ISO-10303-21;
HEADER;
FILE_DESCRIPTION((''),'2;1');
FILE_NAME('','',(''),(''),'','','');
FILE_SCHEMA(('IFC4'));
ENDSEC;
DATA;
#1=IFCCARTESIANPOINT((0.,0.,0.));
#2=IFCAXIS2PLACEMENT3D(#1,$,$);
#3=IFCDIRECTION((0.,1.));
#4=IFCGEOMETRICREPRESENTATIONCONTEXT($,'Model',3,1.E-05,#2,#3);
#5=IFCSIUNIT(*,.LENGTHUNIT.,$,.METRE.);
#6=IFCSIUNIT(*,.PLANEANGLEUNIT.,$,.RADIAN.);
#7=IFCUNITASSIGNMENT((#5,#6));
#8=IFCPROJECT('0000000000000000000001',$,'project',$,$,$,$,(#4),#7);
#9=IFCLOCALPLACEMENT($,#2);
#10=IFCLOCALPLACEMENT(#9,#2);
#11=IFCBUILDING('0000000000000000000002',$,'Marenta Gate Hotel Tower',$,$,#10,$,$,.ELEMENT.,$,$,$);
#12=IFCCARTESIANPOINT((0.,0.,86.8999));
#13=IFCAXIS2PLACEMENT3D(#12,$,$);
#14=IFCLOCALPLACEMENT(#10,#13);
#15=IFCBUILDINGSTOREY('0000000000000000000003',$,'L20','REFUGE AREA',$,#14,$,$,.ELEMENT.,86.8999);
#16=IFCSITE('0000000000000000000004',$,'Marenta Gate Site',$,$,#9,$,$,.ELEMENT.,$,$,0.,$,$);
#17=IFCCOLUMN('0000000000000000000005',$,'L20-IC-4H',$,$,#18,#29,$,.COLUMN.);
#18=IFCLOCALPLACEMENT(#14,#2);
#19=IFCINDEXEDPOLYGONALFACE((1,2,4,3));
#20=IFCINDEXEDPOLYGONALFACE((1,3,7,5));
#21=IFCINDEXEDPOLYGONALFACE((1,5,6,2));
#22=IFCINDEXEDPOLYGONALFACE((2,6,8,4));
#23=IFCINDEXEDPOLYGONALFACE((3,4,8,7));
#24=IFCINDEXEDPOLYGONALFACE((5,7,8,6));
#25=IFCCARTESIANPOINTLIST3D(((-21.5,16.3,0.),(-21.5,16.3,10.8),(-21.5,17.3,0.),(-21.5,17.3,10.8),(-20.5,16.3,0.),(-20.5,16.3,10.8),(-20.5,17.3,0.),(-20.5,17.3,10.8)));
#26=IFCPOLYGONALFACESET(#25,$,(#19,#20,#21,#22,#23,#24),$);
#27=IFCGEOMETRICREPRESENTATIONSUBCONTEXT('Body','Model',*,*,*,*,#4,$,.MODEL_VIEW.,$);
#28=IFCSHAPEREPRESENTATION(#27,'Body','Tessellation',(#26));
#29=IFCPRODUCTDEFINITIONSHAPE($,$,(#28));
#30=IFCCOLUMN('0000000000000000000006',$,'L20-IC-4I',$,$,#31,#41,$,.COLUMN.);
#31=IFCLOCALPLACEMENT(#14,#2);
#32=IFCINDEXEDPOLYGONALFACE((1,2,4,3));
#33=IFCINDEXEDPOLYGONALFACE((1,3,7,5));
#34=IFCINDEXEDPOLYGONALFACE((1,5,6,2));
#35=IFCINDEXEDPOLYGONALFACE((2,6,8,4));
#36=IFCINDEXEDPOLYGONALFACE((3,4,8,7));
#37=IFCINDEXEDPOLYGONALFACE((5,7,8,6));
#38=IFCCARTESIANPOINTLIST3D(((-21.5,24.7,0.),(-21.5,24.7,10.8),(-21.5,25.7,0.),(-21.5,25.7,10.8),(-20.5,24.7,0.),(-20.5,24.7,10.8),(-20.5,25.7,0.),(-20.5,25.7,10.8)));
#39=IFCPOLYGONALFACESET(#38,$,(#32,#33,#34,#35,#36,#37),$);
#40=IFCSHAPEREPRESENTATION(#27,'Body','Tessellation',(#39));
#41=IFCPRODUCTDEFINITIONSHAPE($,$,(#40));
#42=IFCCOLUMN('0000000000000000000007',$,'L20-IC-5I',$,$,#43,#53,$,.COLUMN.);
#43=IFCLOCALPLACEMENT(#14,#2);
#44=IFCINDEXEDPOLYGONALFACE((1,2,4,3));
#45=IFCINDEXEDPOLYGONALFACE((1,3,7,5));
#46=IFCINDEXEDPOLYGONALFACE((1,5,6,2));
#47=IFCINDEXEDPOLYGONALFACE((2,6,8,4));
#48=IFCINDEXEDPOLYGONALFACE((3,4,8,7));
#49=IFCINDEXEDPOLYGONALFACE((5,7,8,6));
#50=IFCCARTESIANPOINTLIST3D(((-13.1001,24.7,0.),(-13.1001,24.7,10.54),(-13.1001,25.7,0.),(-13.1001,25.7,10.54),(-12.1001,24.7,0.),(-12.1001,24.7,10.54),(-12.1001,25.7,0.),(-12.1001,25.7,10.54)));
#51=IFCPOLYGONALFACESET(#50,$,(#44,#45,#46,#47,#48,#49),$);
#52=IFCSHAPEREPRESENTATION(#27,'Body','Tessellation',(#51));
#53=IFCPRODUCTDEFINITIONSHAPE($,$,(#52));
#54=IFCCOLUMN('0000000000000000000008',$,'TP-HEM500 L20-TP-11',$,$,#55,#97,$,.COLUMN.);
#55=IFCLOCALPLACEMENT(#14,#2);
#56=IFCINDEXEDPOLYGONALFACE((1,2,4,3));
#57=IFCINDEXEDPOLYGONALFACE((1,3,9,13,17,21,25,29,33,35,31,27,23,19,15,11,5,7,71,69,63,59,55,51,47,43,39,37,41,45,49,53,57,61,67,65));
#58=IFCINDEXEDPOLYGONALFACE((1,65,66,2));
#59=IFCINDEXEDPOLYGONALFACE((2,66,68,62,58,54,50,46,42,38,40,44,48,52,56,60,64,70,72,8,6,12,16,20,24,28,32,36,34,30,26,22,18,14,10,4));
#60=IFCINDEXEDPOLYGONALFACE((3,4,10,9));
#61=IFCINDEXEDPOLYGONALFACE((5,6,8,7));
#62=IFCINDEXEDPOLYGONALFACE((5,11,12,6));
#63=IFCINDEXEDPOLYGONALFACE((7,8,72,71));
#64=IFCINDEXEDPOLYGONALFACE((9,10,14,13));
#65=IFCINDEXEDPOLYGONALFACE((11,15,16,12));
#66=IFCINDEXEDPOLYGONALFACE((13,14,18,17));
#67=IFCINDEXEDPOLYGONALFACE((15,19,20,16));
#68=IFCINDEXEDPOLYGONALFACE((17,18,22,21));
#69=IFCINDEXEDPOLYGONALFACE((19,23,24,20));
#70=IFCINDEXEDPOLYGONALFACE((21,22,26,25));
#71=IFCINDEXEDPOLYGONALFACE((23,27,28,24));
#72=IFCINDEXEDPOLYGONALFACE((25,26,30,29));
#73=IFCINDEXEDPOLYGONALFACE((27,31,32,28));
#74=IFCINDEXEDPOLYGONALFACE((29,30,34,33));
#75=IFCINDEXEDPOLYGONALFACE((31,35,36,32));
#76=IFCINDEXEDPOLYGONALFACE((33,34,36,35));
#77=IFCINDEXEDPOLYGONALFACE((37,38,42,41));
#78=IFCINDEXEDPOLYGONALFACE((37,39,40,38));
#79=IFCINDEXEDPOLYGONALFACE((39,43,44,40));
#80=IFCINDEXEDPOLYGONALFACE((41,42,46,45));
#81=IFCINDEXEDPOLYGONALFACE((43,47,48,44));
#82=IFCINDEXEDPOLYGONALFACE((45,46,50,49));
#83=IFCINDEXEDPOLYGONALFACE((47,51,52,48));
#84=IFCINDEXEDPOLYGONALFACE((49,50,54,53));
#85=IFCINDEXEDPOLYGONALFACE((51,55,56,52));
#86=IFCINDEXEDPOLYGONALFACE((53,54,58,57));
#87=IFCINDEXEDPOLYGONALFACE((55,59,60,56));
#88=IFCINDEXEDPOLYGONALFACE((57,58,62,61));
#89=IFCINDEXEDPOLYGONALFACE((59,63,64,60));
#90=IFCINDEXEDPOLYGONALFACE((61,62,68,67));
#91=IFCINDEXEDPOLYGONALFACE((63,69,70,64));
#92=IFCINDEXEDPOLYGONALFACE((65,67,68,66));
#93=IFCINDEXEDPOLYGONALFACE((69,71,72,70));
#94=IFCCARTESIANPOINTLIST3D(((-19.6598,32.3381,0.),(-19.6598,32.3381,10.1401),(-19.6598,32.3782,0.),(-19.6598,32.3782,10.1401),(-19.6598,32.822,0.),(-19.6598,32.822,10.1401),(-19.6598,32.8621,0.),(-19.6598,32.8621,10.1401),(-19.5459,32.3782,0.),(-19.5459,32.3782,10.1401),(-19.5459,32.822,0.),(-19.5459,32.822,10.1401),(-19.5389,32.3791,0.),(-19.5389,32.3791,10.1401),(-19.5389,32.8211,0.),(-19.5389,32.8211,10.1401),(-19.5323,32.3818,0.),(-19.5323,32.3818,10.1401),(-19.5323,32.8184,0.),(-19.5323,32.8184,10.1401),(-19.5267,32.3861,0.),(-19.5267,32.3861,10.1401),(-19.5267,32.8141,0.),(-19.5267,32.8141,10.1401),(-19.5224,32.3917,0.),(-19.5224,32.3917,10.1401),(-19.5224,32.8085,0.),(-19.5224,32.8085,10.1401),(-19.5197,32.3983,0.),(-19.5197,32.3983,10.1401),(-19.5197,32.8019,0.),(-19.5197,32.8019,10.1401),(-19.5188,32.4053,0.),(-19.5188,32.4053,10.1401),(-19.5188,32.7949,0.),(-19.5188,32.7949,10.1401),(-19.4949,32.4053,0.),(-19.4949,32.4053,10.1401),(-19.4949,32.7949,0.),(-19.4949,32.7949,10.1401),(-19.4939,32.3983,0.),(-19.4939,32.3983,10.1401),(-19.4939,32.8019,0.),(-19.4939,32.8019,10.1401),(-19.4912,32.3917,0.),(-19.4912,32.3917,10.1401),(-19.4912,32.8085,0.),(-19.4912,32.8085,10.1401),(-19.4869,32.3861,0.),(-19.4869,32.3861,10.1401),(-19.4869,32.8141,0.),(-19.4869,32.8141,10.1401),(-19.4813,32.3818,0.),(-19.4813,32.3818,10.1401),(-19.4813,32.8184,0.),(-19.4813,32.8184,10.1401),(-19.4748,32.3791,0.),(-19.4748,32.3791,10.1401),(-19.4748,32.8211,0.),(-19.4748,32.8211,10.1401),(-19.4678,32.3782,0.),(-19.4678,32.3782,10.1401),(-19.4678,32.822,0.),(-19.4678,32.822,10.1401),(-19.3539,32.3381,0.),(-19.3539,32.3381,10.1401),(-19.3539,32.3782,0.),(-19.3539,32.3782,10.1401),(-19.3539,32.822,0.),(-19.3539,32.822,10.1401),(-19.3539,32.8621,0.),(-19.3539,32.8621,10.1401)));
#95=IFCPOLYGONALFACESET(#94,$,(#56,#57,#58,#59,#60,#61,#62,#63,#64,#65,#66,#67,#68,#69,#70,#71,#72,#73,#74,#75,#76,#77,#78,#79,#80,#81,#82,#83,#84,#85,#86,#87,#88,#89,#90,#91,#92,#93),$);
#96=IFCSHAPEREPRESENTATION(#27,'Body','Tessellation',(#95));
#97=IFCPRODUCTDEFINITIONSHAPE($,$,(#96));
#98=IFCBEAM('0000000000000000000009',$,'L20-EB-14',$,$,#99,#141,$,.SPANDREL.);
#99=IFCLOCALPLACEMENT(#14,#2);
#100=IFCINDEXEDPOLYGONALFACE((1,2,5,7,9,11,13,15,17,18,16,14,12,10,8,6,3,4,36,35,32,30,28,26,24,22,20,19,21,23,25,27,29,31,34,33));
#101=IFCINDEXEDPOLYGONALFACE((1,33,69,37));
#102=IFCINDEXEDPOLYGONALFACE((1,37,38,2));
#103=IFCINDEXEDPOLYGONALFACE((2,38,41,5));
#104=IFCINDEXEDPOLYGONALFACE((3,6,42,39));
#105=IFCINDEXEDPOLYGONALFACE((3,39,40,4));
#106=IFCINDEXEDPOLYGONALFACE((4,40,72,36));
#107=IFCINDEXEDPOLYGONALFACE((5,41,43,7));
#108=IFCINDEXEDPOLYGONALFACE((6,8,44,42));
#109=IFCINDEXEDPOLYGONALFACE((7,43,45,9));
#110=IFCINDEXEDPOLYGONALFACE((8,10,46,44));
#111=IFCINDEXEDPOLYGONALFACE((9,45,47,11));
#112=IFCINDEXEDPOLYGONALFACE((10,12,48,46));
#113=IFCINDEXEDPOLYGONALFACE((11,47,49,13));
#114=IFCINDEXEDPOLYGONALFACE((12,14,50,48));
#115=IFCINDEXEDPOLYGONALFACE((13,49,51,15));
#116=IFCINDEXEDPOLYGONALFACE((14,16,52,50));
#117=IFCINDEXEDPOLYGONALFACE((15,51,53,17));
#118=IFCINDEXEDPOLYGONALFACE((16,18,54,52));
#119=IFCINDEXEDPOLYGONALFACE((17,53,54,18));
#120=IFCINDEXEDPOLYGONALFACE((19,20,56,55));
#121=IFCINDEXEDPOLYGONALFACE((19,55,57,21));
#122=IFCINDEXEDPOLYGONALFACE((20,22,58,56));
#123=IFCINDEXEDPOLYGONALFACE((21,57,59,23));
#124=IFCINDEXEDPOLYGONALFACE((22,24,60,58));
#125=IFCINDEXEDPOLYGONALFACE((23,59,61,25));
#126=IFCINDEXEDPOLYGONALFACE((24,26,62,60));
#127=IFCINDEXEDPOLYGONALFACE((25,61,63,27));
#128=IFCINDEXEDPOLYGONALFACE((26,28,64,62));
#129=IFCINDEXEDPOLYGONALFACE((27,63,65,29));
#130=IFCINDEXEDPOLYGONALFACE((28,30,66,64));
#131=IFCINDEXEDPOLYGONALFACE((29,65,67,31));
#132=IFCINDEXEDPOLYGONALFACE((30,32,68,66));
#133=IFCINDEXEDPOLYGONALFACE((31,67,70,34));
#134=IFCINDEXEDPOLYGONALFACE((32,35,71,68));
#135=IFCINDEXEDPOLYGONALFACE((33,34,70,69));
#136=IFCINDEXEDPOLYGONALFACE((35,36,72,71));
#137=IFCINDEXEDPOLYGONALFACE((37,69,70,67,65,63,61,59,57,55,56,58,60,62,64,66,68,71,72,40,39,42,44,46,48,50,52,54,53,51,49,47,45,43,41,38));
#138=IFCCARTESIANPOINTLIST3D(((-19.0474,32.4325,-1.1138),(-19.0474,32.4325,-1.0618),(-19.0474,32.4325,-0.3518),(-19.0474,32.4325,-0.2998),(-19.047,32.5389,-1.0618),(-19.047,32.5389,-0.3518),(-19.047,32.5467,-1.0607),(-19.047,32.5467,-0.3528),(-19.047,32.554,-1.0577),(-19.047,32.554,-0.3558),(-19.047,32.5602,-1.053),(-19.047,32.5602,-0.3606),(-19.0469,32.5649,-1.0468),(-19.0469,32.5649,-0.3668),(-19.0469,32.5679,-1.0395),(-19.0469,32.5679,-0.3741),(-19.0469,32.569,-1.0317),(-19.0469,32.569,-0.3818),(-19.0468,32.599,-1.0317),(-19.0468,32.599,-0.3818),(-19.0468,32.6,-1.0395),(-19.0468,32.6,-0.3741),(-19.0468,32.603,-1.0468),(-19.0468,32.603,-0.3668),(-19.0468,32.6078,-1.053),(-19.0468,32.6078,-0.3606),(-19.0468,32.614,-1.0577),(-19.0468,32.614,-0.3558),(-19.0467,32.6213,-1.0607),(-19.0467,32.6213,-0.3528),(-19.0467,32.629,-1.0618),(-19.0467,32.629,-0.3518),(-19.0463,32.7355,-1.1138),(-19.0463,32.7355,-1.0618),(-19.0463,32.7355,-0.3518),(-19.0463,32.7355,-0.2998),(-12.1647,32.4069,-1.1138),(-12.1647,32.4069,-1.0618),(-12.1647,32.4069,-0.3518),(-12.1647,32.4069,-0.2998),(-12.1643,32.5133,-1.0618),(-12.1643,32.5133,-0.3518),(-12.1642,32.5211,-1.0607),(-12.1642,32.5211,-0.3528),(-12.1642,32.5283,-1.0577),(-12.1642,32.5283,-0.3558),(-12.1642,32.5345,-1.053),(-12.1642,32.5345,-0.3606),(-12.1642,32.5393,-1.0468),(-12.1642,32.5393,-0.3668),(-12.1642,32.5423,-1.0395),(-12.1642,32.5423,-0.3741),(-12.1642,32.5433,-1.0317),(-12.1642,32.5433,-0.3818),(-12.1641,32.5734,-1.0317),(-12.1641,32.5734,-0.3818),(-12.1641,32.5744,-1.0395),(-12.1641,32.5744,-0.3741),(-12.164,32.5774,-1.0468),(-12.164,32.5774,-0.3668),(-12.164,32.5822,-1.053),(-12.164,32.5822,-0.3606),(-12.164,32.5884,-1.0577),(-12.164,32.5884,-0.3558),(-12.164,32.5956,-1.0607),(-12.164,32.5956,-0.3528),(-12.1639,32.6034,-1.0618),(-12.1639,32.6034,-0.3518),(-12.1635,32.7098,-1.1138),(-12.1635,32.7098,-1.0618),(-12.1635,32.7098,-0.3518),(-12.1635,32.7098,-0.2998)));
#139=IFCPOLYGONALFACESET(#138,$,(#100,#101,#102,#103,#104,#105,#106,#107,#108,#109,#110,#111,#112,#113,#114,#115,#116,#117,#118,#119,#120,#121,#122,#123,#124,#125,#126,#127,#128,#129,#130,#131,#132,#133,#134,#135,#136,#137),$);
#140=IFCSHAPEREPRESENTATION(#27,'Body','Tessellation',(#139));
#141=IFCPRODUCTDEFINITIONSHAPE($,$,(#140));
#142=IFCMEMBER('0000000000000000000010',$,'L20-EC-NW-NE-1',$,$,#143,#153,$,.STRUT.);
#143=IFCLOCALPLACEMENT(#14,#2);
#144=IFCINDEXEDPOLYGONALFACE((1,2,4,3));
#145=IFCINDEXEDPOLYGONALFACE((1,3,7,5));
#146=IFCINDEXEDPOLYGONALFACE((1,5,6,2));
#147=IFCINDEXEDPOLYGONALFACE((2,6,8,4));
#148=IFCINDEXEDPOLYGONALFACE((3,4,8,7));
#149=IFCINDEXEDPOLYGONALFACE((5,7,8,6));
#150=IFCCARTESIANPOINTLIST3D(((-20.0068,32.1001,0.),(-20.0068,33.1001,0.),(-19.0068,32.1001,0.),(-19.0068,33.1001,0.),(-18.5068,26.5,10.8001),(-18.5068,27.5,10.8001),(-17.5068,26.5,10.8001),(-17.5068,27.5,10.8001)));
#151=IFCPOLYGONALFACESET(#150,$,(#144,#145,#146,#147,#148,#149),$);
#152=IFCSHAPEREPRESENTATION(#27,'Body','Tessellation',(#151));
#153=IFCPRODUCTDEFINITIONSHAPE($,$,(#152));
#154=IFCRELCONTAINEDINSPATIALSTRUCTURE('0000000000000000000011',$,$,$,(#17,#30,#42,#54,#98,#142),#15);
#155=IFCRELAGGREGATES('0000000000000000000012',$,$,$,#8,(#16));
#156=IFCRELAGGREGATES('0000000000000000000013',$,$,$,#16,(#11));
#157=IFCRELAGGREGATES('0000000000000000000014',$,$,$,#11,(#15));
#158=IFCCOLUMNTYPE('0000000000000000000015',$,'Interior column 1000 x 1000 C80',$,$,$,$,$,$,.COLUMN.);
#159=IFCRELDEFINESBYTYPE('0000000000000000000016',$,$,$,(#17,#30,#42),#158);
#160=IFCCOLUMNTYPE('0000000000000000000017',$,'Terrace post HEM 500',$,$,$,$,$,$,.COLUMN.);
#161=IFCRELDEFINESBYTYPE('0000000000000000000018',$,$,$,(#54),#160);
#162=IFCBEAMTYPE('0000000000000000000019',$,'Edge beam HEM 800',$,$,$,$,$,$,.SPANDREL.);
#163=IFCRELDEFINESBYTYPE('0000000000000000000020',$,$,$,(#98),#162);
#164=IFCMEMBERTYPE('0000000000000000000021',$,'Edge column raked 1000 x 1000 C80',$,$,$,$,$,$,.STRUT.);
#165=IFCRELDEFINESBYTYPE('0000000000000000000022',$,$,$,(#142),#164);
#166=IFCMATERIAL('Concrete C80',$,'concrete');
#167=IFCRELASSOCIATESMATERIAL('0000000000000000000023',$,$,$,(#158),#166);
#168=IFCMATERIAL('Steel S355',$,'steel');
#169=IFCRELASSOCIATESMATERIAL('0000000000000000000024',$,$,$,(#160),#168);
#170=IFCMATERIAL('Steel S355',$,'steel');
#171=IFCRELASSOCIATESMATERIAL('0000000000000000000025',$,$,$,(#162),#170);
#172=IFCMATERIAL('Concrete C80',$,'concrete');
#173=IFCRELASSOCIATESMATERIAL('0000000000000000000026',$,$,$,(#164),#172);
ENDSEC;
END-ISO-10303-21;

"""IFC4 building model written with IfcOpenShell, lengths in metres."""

from ifc_helpers import new_model, si_unit, direction, frame, origin, origin_2d, place, context, subcontext, project, spatial, rectangle, i_section, extrude, material, material_profile, profile_set, type_object, element, save


model = new_model("IFC4")

# Units and contexts
model_context = context("Model", 3, precision=1e-05, world=origin(), true_north=direction((0.0, 1.0)))
body_context = subcontext(model_context, "Body", "Model", "MODEL_VIEW")
ifc_project = project(units=[si_unit("LENGTHUNIT", "METRE"), si_unit("PLANEANGLEUNIT", "RADIAN")], contexts=[model_context])

# Site, building, storey
site_placement = place(None, origin())
site = spatial("IfcSite", under=ifc_project, at=site_placement, Name="Marenta Gate Site", CompositionType="ELEMENT", RefElevation=0.0)
building_placement = place(site_placement, origin())
building = spatial("IfcBuilding", under=site, at=building_placement, Name="Marenta Gate Hotel Tower", CompositionType="ELEMENT")
storey_placement = place(building_placement, frame((0.0, 0.0, 86.8999)))
storey = spatial("IfcBuildingStorey", under=building, at=storey_placement, Name="L20", Description="REFUGE AREA", CompositionType="ELEMENT", Elevation=86.8999)

# Columns
ifc_material_1 = material(Name="Concrete C80", Category="concrete")
ifc_material_profile_1 = material_profile(ifc_material_1, rectangle(XDim=1.0, YDim=1.0, at=origin_2d()), Name="1000 x 1000")
ifc_profile_set_1 = profile_set([ifc_material_profile_1], Name="Concrete C80")
column_type_1 = type_object("IfcColumnType", Name="Interior column 1000 x 1000 C80", PredefinedType="COLUMN", material=ifc_profile_set_1)
for number, where, z_axis, x_axis, name in (
    (1, (-21.0, 16.8, 0.0), (0.0, 0.0, 1.0), (1.0, 0.0, 0.0), "L20-IC-4H"),
    (2, (-21.0, 25.2, 0.0), (0.0, 0.0, 1.0), (1.0, 0.0, 0.0), "L20-IC-4I"),
):
    element("IfcColumn", number, at=place(storey_placement, frame(where, z_axis=z_axis, x_axis=x_axis)), inside=storey, type_object=column_type_1, Name=name, PredefinedType="COLUMN", context=body_context, shape_type="SweptSolid", body=[
        extrude(rectangle(XDim=1.0, YDim=1.0, at=origin_2d()), origin(), (0.0, 0.0, 1.0), 10.8),
    ])
column_1_placement = place(storey_placement, frame((-12.6001, 25.2, 0.0), z_axis=(0.0, 0.0, 1.0), x_axis=(1.0, 0.0, 0.0)))
element("IfcColumn", 3, at=column_1_placement, inside=storey, type_object=column_type_1, Name="L20-IC-5I", PredefinedType="COLUMN", context=body_context, shape_type="SweptSolid", body=[
    extrude(rectangle(XDim=1.0, YDim=1.0, at=origin_2d()), origin(), (0.0, 0.0, 1.0), 10.54),
])
ifc_material_2 = material(Name="Steel S355", Category="steel")
ifc_material_profile_2 = material_profile(ifc_material_2, i_section(OverallWidth=0.3059, OverallDepth=0.5239, WebThickness=0.0239, FlangeThickness=0.04, FilletRadius=0.0271, at=origin_2d()), Name="HEM 500")
ifc_profile_set_2 = profile_set([ifc_material_profile_2], Name="Steel S355")
column_type_2 = type_object("IfcColumnType", Name="Terrace post HEM 500", PredefinedType="COLUMN", material=ifc_profile_set_2)
column_2_placement = place(storey_placement, frame((-19.5068, 32.6001, 0.0), z_axis=(0.0, 0.0, 1.0), x_axis=(1.0, 0.0, 0.0)))
element("IfcColumn", 4, at=column_2_placement, inside=storey, type_object=column_type_2, Name="TP-HEM500 L20-TP-11", PredefinedType="COLUMN", context=body_context, shape_type="SweptSolid", body=[
    extrude(i_section(OverallWidth=0.3059, OverallDepth=0.5239, WebThickness=0.0239, FlangeThickness=0.04, FilletRadius=0.0271, at=origin_2d()), origin(), (0.0, 0.0, 1.0), 10.1401),
])

# Beam
ifc_material_3 = material(Name="Steel S355", Category="steel")
ifc_material_profile_3 = material_profile(ifc_material_3, i_section(OverallWidth=0.303, OverallDepth=0.814, WebThickness=0.03, FlangeThickness=0.052, FilletRadius=0.03, at=origin_2d()), Name="HEM 800")
ifc_profile_set_3 = profile_set([ifc_material_profile_3], Name="Steel S355")
beam_type_1 = type_object("IfcBeamType", Name="Edge beam HEM 800", PredefinedType="SPANDREL", material=ifc_profile_set_3)
beam_1_placement = place(storey_placement, frame((-19.0469, 32.584, -0.7068), z_axis=(0.999993, -0.003724, 0.0), x_axis=(0.003724, 0.999993, 0.0)))
element("IfcBeam", 5, at=beam_1_placement, inside=storey, type_object=beam_type_1, Name="L20-EB-14", PredefinedType="SPANDREL", context=body_context, shape_type="SweptSolid", body=[
    extrude(i_section(OverallWidth=0.303, OverallDepth=0.814, WebThickness=0.03, FlangeThickness=0.052, FilletRadius=0.03, at=origin_2d()), origin(), (0.0, 0.0, 1.0), 6.8828),
])

# Member
ifc_material_4 = material(Name="Concrete C80", Category="concrete")
ifc_material_profile_4 = material_profile(ifc_material_4, rectangle(XDim=1.0, YDim=1.0, at=origin_2d()), Name="1000 x 1000")
ifc_profile_set_4 = profile_set([ifc_material_profile_4], Name="Concrete C80")
member_type = type_object("IfcMemberType", Name="Edge column raked 1000 x 1000 C80", PredefinedType="STRUT", material=ifc_profile_set_4)
member_placement = place(storey_placement, frame((-19.5068, 32.6001, 0.0), z_axis=(0.0, 0.0, 1.0), x_axis=(1.0, 0.0, 0.0)))
element("IfcMember", 6, at=member_placement, inside=storey, type_object=member_type, Name="L20-EC-NW-NE-1", PredefinedType="STRUT", context=body_context, shape_type="SweptSolid", body=[
    extrude(rectangle(XDim=1.0, YDim=1.0, at=origin_2d()), origin(), (0.122372, -0.456862, 0.88108), 12.2578),
])

save(model, "model.ifc")
